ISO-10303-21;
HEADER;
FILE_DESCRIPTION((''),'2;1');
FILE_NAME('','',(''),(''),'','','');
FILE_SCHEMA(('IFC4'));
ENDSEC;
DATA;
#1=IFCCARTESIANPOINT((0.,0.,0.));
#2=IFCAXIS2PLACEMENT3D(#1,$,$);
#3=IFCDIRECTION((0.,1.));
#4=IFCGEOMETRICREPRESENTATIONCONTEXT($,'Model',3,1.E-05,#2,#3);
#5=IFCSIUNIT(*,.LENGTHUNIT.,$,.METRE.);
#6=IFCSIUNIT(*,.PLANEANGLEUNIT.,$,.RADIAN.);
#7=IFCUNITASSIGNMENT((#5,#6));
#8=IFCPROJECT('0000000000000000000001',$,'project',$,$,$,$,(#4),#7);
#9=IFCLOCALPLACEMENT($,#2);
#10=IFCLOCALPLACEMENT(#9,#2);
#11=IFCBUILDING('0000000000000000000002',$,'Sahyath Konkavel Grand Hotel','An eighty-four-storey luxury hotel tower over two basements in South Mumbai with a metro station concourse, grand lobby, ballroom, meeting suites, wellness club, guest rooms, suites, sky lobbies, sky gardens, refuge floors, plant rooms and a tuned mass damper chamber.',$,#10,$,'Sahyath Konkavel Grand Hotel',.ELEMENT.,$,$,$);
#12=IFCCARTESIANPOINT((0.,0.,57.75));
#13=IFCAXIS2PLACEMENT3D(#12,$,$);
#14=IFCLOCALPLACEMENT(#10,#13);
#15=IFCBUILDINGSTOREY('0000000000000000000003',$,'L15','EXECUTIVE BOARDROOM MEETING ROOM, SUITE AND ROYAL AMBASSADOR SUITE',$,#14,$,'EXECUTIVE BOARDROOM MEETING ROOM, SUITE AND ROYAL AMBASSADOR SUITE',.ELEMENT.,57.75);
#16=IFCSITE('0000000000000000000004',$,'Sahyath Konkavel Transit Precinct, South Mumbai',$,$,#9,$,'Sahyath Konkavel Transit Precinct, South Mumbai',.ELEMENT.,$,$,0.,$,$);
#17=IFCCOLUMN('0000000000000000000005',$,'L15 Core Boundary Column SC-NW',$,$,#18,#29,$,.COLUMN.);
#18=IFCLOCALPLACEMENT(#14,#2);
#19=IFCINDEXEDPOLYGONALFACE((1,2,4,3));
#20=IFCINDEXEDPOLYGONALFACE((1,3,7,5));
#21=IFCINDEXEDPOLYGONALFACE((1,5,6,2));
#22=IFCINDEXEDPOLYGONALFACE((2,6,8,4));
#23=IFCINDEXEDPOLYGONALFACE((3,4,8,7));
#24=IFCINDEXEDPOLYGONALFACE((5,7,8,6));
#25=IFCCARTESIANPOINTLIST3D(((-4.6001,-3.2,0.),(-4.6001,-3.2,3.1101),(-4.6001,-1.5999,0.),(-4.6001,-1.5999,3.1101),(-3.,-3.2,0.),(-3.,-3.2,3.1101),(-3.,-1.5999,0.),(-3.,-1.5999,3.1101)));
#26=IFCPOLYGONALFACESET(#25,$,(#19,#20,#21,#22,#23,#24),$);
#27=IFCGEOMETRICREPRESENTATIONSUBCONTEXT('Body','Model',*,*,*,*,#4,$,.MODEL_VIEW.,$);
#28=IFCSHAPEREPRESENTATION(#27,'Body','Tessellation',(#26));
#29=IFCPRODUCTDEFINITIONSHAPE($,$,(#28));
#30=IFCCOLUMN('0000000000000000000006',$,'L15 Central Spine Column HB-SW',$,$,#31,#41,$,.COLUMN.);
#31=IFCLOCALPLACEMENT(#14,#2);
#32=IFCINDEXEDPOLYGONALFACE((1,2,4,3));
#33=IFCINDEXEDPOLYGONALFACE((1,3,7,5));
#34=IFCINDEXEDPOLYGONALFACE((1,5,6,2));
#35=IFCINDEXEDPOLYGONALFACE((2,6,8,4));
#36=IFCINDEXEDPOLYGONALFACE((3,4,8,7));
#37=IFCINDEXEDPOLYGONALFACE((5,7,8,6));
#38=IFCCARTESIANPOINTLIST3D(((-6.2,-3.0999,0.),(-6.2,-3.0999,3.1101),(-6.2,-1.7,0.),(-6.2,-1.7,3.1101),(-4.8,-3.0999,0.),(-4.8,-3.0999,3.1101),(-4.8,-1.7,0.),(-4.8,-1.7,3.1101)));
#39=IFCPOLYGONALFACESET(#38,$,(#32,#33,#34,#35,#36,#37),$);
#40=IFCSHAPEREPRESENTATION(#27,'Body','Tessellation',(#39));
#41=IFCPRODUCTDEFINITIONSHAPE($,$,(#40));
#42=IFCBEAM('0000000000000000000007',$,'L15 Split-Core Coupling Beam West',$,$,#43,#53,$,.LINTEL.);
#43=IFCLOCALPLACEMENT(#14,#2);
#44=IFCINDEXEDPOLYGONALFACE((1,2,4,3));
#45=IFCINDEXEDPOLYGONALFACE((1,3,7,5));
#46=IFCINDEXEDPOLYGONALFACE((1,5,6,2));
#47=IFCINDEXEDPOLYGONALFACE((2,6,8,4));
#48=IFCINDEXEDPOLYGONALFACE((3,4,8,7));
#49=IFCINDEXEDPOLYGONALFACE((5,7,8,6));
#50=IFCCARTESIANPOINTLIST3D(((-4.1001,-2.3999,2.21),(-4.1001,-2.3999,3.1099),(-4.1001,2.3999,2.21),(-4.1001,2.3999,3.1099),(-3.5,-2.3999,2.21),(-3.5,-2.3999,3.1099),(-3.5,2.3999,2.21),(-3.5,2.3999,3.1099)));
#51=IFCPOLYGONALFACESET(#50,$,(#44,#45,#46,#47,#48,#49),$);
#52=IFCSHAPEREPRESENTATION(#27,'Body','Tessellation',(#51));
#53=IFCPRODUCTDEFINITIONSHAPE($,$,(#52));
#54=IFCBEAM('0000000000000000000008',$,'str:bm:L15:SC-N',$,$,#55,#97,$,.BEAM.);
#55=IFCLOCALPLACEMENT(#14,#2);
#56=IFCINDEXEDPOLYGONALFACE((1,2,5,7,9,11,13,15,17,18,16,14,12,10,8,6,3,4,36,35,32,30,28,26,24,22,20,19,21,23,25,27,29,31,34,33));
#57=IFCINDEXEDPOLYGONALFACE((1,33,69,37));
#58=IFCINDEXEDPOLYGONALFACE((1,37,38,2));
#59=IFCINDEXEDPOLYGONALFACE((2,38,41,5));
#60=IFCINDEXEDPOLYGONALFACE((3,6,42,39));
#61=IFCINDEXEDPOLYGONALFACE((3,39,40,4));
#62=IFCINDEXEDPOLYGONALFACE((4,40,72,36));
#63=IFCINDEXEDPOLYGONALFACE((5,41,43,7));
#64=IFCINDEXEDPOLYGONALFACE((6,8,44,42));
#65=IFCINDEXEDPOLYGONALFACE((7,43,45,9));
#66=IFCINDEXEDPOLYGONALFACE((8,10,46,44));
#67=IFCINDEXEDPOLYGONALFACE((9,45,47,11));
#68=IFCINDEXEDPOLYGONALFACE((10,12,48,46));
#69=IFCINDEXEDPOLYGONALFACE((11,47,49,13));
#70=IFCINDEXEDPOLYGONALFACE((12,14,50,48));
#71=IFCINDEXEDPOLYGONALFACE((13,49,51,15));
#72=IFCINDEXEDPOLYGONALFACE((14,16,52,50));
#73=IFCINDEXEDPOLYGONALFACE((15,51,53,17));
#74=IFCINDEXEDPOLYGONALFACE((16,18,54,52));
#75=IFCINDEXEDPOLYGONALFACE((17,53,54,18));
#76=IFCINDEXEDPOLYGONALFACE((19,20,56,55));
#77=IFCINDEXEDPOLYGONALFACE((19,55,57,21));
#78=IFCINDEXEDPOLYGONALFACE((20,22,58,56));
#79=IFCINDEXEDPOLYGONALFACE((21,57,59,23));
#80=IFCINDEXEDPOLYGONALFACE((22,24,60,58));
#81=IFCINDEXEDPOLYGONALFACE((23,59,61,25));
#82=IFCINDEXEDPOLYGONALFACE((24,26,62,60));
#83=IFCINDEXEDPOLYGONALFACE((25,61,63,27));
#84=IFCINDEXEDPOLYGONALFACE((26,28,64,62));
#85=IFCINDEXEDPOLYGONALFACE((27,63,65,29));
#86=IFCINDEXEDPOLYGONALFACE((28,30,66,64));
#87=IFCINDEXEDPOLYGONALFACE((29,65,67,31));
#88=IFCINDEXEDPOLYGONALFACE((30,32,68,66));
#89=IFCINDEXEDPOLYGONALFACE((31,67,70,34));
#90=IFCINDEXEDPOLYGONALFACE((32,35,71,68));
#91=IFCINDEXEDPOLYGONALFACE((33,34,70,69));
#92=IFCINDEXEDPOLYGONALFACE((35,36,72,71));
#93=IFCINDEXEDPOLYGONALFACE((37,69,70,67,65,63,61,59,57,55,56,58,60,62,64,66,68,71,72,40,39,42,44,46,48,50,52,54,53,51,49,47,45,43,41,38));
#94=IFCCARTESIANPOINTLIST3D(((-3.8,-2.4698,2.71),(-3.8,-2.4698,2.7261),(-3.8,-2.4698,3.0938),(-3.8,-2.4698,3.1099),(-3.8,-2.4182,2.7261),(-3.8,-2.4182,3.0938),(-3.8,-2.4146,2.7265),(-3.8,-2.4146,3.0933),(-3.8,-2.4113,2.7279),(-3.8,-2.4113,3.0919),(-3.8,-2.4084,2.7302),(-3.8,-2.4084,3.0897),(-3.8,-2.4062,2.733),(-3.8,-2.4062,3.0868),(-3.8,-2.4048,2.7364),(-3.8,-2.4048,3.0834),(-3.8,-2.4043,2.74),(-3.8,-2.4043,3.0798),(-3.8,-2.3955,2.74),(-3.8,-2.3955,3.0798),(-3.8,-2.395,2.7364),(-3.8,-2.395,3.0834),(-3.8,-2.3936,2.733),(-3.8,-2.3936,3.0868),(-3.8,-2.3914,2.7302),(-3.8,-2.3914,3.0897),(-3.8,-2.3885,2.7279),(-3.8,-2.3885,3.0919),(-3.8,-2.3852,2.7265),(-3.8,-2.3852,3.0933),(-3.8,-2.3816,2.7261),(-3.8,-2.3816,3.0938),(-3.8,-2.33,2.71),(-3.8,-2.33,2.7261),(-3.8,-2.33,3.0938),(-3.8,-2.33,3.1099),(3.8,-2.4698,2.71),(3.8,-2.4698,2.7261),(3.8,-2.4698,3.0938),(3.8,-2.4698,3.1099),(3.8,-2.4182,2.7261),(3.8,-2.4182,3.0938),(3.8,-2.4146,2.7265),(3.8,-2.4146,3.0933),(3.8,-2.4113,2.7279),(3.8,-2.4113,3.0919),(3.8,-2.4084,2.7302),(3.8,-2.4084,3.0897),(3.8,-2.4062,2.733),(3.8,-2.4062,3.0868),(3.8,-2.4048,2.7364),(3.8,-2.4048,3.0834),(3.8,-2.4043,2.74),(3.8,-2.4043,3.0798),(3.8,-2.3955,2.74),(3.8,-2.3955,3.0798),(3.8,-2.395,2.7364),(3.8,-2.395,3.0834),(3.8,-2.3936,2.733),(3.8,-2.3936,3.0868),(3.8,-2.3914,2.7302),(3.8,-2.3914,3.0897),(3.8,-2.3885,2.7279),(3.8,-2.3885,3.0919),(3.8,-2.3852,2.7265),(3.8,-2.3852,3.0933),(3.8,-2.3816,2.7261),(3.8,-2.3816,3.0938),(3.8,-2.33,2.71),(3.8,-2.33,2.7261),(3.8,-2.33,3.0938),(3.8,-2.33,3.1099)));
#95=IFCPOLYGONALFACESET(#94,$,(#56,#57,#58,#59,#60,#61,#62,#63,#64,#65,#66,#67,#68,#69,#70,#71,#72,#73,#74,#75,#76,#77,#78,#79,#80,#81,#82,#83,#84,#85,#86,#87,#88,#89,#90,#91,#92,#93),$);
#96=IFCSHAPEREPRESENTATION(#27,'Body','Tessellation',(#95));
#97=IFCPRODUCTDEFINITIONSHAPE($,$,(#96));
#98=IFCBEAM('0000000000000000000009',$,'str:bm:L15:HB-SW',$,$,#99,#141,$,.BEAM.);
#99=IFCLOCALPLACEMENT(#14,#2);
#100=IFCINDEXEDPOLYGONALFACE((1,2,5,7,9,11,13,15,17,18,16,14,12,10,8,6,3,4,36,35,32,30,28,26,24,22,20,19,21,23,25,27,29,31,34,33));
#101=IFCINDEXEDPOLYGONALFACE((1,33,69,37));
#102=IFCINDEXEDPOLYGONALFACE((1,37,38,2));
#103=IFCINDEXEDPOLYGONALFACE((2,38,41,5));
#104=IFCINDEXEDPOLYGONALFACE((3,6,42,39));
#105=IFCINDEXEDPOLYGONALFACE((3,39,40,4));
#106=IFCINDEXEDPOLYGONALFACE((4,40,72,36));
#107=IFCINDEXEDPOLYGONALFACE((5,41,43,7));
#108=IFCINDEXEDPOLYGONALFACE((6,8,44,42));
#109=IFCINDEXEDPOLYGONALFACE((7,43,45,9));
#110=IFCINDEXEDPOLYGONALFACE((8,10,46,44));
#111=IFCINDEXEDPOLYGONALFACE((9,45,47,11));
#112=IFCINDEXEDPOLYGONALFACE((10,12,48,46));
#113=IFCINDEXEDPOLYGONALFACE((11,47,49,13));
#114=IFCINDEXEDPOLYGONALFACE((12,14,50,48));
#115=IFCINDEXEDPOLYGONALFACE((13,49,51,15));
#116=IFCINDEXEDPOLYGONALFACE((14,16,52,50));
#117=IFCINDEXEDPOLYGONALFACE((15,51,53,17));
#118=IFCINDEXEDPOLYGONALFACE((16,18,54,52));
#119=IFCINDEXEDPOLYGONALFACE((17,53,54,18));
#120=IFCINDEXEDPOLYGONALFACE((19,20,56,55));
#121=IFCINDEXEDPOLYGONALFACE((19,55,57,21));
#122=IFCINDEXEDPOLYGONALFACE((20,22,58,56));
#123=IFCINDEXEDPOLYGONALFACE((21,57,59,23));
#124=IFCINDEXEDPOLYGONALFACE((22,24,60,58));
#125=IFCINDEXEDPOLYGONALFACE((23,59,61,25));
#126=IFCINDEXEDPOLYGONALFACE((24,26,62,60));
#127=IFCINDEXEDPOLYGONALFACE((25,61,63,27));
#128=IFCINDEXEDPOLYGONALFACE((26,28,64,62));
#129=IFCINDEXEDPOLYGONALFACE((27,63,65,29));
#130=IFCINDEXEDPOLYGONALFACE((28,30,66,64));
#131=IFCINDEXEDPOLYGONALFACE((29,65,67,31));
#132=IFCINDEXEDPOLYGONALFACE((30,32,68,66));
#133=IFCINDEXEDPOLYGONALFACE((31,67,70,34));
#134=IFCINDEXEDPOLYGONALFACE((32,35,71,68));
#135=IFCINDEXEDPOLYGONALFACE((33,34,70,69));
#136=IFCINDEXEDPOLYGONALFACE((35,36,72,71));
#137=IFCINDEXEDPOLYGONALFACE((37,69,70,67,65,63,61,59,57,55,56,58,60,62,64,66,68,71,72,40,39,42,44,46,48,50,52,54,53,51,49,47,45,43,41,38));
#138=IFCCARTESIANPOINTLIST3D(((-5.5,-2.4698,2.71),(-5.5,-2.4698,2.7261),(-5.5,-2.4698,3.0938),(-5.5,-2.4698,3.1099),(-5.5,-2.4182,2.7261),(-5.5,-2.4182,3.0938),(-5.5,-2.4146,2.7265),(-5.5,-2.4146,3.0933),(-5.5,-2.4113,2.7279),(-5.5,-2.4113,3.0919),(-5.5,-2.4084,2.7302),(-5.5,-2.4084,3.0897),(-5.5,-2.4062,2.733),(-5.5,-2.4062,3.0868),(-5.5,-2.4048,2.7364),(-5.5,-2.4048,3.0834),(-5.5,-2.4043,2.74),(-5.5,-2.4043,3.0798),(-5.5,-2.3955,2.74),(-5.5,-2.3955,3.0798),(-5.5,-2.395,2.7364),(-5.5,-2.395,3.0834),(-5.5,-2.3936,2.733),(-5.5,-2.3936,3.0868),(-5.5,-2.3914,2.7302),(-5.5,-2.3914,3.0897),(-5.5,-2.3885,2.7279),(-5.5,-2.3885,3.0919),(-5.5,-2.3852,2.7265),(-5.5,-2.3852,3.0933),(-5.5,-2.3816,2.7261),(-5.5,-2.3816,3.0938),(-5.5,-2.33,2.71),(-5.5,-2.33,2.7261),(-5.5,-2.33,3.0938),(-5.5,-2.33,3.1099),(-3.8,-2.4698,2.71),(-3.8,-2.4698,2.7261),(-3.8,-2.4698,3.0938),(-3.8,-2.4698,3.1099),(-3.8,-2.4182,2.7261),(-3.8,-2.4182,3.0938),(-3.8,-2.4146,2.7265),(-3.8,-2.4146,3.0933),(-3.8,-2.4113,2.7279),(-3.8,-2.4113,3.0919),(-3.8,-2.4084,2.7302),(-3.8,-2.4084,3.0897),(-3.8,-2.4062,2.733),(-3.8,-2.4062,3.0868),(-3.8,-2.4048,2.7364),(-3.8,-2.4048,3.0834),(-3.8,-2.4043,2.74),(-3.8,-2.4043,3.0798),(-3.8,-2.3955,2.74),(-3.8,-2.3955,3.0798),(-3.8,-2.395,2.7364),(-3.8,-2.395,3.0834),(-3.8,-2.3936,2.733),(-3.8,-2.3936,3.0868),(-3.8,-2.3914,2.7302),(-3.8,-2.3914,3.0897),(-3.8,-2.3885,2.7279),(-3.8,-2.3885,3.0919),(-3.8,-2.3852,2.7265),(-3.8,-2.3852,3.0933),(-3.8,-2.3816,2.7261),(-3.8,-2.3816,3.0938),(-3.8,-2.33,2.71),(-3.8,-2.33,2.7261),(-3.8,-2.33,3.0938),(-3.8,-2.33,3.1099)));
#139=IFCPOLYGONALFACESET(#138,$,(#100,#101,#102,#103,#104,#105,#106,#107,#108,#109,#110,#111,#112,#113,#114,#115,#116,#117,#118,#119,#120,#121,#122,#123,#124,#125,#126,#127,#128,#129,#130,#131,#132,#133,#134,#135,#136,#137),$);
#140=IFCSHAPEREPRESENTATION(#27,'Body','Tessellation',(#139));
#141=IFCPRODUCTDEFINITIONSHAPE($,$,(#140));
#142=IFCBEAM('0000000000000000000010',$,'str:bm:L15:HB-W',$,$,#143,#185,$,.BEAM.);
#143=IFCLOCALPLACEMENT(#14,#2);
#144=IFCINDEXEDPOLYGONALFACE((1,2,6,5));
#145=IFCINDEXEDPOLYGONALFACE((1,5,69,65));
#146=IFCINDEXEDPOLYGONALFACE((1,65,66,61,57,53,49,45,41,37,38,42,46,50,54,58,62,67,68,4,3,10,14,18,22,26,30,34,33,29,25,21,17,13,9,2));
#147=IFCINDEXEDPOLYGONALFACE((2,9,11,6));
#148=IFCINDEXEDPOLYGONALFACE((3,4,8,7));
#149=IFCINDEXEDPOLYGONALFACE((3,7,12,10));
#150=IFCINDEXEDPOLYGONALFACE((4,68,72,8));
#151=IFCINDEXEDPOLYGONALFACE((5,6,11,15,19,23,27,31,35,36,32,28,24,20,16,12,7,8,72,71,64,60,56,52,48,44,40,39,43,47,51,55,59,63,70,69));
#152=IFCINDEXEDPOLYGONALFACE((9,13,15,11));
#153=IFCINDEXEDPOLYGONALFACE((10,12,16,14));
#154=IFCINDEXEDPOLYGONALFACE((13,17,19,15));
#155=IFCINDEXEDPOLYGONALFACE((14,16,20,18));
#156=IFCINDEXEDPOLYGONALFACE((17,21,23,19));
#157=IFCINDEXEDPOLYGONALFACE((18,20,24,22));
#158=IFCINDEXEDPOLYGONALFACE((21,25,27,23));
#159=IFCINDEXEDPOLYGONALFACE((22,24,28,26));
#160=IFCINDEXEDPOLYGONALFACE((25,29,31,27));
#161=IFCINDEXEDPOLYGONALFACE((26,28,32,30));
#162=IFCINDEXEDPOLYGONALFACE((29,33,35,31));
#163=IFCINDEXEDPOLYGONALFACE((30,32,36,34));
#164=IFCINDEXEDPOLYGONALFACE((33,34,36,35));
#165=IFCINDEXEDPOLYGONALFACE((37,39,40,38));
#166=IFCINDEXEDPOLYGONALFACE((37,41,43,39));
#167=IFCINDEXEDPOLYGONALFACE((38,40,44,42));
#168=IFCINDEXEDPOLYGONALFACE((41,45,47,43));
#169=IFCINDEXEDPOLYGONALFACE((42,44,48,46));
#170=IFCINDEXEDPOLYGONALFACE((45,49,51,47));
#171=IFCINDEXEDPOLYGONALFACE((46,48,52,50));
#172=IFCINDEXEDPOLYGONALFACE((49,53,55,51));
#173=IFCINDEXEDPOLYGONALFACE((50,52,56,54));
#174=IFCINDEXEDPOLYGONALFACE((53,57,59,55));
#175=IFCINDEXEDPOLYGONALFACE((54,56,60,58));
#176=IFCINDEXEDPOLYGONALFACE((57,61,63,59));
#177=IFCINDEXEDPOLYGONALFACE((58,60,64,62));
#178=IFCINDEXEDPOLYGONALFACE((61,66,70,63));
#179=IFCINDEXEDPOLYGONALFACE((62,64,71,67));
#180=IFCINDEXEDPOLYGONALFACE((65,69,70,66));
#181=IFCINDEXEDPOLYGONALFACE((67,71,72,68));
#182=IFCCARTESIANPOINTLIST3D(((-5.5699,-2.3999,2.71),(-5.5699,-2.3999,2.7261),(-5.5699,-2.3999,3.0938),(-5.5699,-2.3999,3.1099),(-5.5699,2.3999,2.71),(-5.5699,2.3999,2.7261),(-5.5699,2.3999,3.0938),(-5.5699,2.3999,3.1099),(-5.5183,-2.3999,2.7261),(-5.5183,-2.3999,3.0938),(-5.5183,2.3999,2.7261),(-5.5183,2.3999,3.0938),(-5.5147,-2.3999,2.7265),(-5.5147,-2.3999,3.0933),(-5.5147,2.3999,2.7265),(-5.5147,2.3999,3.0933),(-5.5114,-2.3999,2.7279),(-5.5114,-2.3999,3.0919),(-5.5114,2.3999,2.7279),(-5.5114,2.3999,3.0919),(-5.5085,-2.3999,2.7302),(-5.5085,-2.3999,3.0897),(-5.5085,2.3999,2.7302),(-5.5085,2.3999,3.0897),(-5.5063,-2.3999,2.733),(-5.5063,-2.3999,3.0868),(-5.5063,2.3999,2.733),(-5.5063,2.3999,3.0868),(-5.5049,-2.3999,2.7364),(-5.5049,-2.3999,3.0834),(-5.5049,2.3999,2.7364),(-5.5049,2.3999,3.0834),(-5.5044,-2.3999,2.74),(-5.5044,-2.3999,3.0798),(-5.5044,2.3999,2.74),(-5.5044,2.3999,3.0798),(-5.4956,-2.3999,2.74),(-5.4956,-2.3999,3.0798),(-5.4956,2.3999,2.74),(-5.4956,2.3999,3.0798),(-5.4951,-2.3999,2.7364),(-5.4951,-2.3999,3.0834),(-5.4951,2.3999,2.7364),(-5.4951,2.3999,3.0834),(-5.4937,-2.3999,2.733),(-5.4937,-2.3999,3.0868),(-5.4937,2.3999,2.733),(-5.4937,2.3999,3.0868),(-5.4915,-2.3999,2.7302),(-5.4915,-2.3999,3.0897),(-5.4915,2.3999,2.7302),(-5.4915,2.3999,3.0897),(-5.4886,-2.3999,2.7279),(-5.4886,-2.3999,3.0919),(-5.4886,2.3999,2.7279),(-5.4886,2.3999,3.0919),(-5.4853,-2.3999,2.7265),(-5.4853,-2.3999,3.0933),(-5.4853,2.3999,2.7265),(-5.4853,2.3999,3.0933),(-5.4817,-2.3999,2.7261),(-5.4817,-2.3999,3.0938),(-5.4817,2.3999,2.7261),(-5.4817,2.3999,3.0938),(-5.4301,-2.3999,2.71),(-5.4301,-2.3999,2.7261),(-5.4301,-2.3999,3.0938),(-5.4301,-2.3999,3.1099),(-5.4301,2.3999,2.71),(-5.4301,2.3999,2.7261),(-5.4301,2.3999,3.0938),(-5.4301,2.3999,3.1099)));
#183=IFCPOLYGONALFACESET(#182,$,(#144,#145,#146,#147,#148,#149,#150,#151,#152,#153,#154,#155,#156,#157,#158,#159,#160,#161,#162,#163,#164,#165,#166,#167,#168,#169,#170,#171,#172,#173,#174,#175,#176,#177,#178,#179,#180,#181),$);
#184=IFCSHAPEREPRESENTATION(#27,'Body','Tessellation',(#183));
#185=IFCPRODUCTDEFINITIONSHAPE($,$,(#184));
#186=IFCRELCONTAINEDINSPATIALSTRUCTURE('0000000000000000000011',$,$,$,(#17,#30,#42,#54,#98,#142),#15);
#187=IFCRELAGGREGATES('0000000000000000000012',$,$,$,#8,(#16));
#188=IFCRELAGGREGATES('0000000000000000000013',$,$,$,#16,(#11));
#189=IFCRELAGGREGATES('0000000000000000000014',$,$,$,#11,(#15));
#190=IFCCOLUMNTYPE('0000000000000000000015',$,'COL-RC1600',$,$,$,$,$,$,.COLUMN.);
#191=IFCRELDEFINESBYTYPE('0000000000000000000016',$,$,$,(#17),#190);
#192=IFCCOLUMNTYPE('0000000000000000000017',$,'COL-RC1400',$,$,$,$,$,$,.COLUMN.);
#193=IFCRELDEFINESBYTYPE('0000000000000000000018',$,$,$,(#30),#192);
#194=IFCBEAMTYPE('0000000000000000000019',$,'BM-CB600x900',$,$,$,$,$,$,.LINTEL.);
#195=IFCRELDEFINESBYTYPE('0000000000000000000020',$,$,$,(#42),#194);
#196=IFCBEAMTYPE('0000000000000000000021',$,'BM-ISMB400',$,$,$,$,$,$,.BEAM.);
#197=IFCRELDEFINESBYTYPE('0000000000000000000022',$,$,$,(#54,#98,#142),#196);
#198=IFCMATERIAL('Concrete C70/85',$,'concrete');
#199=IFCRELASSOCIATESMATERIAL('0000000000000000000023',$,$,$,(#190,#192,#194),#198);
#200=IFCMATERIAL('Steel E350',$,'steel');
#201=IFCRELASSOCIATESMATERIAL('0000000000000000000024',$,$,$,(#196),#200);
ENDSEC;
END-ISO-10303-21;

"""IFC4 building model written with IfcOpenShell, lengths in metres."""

from ifc_helpers import new_model, si_unit, direction, frame, origin, origin_2d, place, context, subcontext, project, spatial, rectangle, i_section, extrude, source, transform, mapped, material, material_profile, profile_set, type_object, element, save


model = new_model("IFC4")

# Units and contexts
model_context = context("Model", 3, precision=1e-05, world=origin(), true_north=direction((0.0, 1.0)))
body_context = subcontext(model_context, "Body", "Model", "MODEL_VIEW")
ifc_project = project(units=[si_unit("LENGTHUNIT", "METRE"), si_unit("PLANEANGLEUNIT", "RADIAN")], contexts=[model_context])

# Site, building, storey
site_placement = place(None, origin())
site = spatial("IfcSite", under=ifc_project, at=site_placement, Name="Sahyath Konkavel Transit Precinct, South Mumbai", LongName="Sahyath Konkavel Transit Precinct, South Mumbai", CompositionType="ELEMENT", RefElevation=0.0)
building_placement = place(site_placement, origin())
building = spatial("IfcBuilding", under=site, at=building_placement, Name="Sahyath Konkavel Grand Hotel", Description="An eighty-four-storey luxury hotel tower over two basements in South Mumbai with a metro station concourse, grand lobby, ballroom, meeting suites, wellness club, guest rooms, suites, sky lobbies, sky gardens, refuge floors, plant rooms and a tuned mass damper chamber.", LongName="Sahyath Konkavel Grand Hotel", CompositionType="ELEMENT")
storey_placement = place(building_placement, frame((0.0, 0.0, 57.75)))
storey = spatial("IfcBuildingStorey", under=building, at=storey_placement, Name="L15", Description="EXECUTIVE BOARDROOM MEETING ROOM, SUITE AND ROYAL AMBASSADOR SUITE", LongName="EXECUTIVE BOARDROOM MEETING ROOM, SUITE AND ROYAL AMBASSADOR SUITE", CompositionType="ELEMENT", Elevation=57.75)

# Columns
ifc_material_1 = material(Name="Concrete C70/85", Category="concrete")
ifc_material_profile_1 = material_profile(ifc_material_1, rectangle(XDim=1.6001, YDim=1.6001, at=origin_2d()), Name="RC 1600x1600")
ifc_profile_set_1 = profile_set([ifc_material_profile_1], Name="Concrete C70/85")
column_type_1 = type_object("IfcColumnType", Name="COL-RC1600", PredefinedType="COLUMN", material=ifc_profile_set_1)
shared_shape_1 = source(origin(), body_context, "Body", "SweptSolid", [
    extrude(rectangle(XDim=1.6001, YDim=1.6001, at=origin_2d()), origin(), (0.0, 0.0, 1.0), 3.1101),
])
column_1_placement = place(storey_placement, frame((-3.8, -2.3999, 0.0), z_axis=(0.0, 0.0, 1.0), x_axis=(1.0, 0.0, 0.0)))
element("IfcColumn", 1, at=column_1_placement, inside=storey, type_object=column_type_1, Name="L15 Core Boundary Column SC-NW", PredefinedType="COLUMN", context=body_context, shape_type="MappedRepresentation", body=[
    mapped(shared_shape_1, transform((0.0, 0.0, 0.0), scale=1.0)),
])
ifc_material_profile_2 = material_profile(ifc_material_1, rectangle(XDim=1.3999, YDim=1.3999, at=origin_2d()), Name="RC 1400x1400")
ifc_profile_set_2 = profile_set([ifc_material_profile_2], Name="Concrete C70/85")
column_type_2 = type_object("IfcColumnType", Name="COL-RC1400", PredefinedType="COLUMN", material=ifc_profile_set_2)
shared_shape_2 = source(origin(), body_context, "Body", "SweptSolid", [
    extrude(rectangle(XDim=1.3999, YDim=1.3999, at=origin_2d()), origin(), (0.0, 0.0, 1.0), 3.1101),
])
column_2_placement = place(storey_placement, frame((-5.5, -2.3999, 0.0), z_axis=(0.0, 0.0, 1.0), x_axis=(1.0, 0.0, 0.0)))
element("IfcColumn", 2, at=column_2_placement, inside=storey, type_object=column_type_2, Name="L15 Central Spine Column HB-SW", PredefinedType="COLUMN", context=body_context, shape_type="MappedRepresentation", body=[
    mapped(shared_shape_2, transform((0.0, 0.0, 0.0), scale=1.0)),
])

# Beams
ifc_material_profile_3 = material_profile(ifc_material_1, rectangle(XDim=0.6001, YDim=0.8999, at=origin_2d()), Name="RC 600x900")
ifc_profile_set_3 = profile_set([ifc_material_profile_3], Name="Concrete C70/85")
beam_type_1 = type_object("IfcBeamType", Name="BM-CB600x900", PredefinedType="LINTEL", material=ifc_profile_set_3)
shared_shape_3 = source(origin(), body_context, "Body", "SweptSolid", [
    extrude(rectangle(XDim=0.6001, YDim=0.8999, at=origin_2d()), origin(), (0.0, 0.0, 1.0), 4.7998),
])
beam_1_placement = place(storey_placement, frame((-3.8, -2.3999, 2.6599), z_axis=(0.0, 1.0, 0.0), x_axis=(-1.0, 0.0, 0.0)))
element("IfcBeam", 3, at=beam_1_placement, inside=storey, type_object=beam_type_1, Name="L15 Split-Core Coupling Beam West", PredefinedType="LINTEL", context=body_context, shape_type="MappedRepresentation", body=[
    mapped(shared_shape_3, transform((0.0, 0.0, 0.0), scale=1.0)),
])
ifc_material_2 = material(Name="Steel E350", Category="steel")
ifc_material_profile_4 = material_profile(ifc_material_2, i_section(OverallWidth=0.1399, OverallDepth=0.3999, WebThickness=0.0088, FlangeThickness=0.0161, FilletRadius=0.0139, at=origin_2d()), Name="ISMB 400")
ifc_profile_set_4 = profile_set([ifc_material_profile_4], Name="Steel E350")
beam_type_2 = type_object("IfcBeamType", Name="BM-ISMB400", PredefinedType="BEAM", material=ifc_profile_set_4)
shared_shape_4 = source(origin(), body_context, "Body", "SweptSolid", [
    extrude(i_section(OverallWidth=0.1399, OverallDepth=0.3999, WebThickness=0.0088, FlangeThickness=0.0161, FilletRadius=0.0139, at=origin_2d()), origin(), (0.0, 0.0, 1.0), 7.6001),
])
beam_2_placement = place(storey_placement, frame((-3.8, -2.3999, 2.9099), z_axis=(1.0, 0.0, 0.0), x_axis=(0.0, 1.0, 0.0)))
element("IfcBeam", 4, at=beam_2_placement, inside=storey, type_object=beam_type_2, Name="str:bm:L15:SC-N", PredefinedType="BEAM", context=body_context, shape_type="MappedRepresentation", body=[
    mapped(shared_shape_4, transform((0.0, 0.0, 0.0), scale=1.0)),
])
shared_shape_5 = source(origin(), body_context, "Body", "SweptSolid", [
    extrude(i_section(OverallWidth=0.1399, OverallDepth=0.3999, WebThickness=0.0088, FlangeThickness=0.0161, FilletRadius=0.0139, at=origin_2d()), origin(), (0.0, 0.0, 1.0), 1.7),
])
beam_3_placement = place(storey_placement, frame((-5.5, -2.3999, 2.9099), z_axis=(1.0, 0.0, 0.0), x_axis=(0.0, 1.0, 0.0)))
element("IfcBeam", 5, at=beam_3_placement, inside=storey, type_object=beam_type_2, Name="str:bm:L15:HB-SW", PredefinedType="BEAM", context=body_context, shape_type="MappedRepresentation", body=[
    mapped(shared_shape_5, transform((0.0, 0.0, 0.0), scale=1.0)),
])
shared_shape_6 = source(origin(), body_context, "Body", "SweptSolid", [
    extrude(i_section(OverallWidth=0.1399, OverallDepth=0.3999, WebThickness=0.0088, FlangeThickness=0.0161, FilletRadius=0.0139, at=origin_2d()), origin(), (0.0, 0.0, 1.0), 4.7998),
])
beam_4_placement = place(storey_placement, frame((-5.5, -2.3999, 2.9099), z_axis=(0.0, 1.0, 0.0), x_axis=(-1.0, 0.0, 0.0)))
element("IfcBeam", 6, at=beam_4_placement, inside=storey, type_object=beam_type_2, Name="str:bm:L15:HB-W", PredefinedType="BEAM", context=body_context, shape_type="MappedRepresentation", body=[
    mapped(shared_shape_6, transform((0.0, 0.0, 0.0), scale=1.0)),
])

save(model, "model.ifc")
